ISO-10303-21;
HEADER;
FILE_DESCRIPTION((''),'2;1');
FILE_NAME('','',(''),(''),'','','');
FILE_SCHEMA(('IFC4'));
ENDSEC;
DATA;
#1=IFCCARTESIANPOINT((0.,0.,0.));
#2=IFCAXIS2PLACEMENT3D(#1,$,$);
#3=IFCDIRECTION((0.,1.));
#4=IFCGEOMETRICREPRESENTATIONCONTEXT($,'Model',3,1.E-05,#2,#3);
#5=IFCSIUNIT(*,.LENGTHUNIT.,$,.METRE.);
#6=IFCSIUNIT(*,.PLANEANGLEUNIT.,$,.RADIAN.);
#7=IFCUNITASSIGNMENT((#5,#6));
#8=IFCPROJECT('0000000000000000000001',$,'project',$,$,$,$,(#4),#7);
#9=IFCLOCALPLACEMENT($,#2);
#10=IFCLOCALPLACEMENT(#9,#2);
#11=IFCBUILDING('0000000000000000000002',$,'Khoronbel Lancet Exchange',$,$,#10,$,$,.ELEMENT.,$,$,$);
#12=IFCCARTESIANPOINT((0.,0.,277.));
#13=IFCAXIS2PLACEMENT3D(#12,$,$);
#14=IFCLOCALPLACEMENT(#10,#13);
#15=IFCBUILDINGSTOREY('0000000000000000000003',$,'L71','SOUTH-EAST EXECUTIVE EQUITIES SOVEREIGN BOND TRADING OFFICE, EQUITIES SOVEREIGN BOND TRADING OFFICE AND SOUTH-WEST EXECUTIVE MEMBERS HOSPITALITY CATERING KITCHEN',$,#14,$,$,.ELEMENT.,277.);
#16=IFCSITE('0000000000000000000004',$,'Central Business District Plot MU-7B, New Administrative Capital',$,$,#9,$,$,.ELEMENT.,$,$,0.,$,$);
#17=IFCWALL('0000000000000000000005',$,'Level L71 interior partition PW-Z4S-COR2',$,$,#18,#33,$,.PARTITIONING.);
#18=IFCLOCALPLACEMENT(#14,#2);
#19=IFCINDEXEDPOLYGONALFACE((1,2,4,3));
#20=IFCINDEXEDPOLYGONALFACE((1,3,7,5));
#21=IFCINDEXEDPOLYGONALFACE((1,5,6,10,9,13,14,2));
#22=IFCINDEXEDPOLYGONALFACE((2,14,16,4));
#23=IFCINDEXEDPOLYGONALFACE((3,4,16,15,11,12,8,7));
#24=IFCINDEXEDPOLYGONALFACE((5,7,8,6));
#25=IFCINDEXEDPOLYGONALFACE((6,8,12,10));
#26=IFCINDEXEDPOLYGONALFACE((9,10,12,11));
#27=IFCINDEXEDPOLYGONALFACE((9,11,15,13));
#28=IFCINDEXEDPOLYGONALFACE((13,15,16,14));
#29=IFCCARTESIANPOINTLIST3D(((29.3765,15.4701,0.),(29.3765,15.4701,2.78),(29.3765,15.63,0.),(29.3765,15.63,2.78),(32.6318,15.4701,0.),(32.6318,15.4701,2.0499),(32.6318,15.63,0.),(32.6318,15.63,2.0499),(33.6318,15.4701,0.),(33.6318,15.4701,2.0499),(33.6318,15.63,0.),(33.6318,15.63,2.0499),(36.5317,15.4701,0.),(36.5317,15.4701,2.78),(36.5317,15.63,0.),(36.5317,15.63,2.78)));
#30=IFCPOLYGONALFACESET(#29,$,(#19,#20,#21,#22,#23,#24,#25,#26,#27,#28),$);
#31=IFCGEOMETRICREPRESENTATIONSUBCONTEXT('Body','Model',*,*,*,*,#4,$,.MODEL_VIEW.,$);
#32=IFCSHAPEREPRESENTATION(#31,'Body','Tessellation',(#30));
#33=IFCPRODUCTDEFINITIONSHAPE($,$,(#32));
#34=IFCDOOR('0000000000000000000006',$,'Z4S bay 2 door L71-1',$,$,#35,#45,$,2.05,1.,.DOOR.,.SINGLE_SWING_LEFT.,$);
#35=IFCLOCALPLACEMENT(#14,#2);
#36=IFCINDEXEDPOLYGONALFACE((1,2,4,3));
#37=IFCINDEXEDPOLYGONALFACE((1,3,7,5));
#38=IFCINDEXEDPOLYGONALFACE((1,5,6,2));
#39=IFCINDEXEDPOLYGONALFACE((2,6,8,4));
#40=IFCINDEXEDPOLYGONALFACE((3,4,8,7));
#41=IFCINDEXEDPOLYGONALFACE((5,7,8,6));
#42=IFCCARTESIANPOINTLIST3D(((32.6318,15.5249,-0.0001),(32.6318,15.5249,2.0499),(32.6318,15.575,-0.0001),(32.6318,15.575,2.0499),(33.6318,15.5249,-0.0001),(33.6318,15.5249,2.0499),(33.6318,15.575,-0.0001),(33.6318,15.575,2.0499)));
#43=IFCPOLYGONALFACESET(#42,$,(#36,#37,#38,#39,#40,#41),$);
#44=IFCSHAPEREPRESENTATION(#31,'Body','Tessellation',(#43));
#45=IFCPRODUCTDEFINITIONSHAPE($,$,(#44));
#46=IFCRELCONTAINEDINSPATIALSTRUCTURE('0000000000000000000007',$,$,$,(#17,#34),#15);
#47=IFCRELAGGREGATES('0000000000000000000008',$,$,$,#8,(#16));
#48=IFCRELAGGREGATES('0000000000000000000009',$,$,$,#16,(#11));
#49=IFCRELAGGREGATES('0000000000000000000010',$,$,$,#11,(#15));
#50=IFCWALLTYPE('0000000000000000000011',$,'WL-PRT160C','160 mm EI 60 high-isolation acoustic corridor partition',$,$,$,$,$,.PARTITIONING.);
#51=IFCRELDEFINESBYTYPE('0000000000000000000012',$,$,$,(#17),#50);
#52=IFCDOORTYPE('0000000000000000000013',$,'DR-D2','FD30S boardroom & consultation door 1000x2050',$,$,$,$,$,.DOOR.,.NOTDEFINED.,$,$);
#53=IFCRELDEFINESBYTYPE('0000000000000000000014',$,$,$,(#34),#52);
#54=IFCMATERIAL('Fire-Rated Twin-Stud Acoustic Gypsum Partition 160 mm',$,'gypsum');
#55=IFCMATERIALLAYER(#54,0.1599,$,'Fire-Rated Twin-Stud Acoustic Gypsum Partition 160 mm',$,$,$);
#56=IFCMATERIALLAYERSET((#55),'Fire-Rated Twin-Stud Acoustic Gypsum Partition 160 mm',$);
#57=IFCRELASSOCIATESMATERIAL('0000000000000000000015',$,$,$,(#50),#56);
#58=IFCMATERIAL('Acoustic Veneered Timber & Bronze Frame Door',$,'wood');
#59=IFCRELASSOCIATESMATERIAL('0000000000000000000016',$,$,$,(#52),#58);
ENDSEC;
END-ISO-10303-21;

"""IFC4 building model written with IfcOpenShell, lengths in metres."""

from ifc_helpers import new_model, si_unit, direction, frame, frame_2d, origin, place, context, subcontext, project, spatial, rectangle, extrude, material, layer, layer_set, type_object, element, fill, save


model = new_model("IFC4")

# Units and contexts
model_context = context("Model", 3, precision=1e-05, world=origin(), true_north=direction((0.0, 1.0)))
body_context = subcontext(model_context, "Body", "Model", "MODEL_VIEW")
ifc_project = project(units=[si_unit("LENGTHUNIT", "METRE"), si_unit("PLANEANGLEUNIT", "RADIAN")], contexts=[model_context])

# Site, building, storey
site_placement = place(None, origin())
site = spatial("IfcSite", under=ifc_project, at=site_placement, Name="Central Business District Plot MU-7B, New Administrative Capital", CompositionType="ELEMENT", RefElevation=0.0)
building_placement = place(site_placement, origin())
building = spatial("IfcBuilding", under=site, at=building_placement, Name="Khoronbel Lancet Exchange", CompositionType="ELEMENT")
storey_placement = place(building_placement, frame((0.0, 0.0, 277.0)))
storey = spatial("IfcBuildingStorey", under=building, at=storey_placement, Name="L71", Description="SOUTH-EAST EXECUTIVE EQUITIES SOVEREIGN BOND TRADING OFFICE, EQUITIES SOVEREIGN BOND TRADING OFFICE AND SOUTH-WEST EXECUTIVE MEMBERS HOSPITALITY CATERING KITCHEN", CompositionType="ELEMENT", Elevation=277.0)

# Wall, opening, door
ifc_material_1 = material(Name="Fire-Rated Twin-Stud Acoustic Gypsum Partition 160 mm", Category="gypsum")
ifc_layer_1 = layer(ifc_material_1, 0.1599, Name="Fire-Rated Twin-Stud Acoustic Gypsum Partition 160 mm")
ifc_layer_set_1 = layer_set([ifc_layer_1], Name="Fire-Rated Twin-Stud Acoustic Gypsum Partition 160 mm")
wall_type_1 = type_object("IfcWallType", Name="WL-PRT160C", Description="160 mm EI 60 high-isolation acoustic corridor partition", PredefinedType="PARTITIONING", material=ifc_layer_set_1)
ifc_material_2 = material(Name="Acoustic Veneered Timber & Bronze Frame Door", Category="wood")
door_type_1 = type_object("IfcDoorType", Name="DR-D2", Description="FD30S boardroom & consultation door 1000x2050", OperationType="NOTDEFINED", PredefinedType="DOOR", material=ifc_material_2)
wall_1_placement = place(storey_placement, frame((29.3765, 15.55, 0.0), z_axis=(0.0, 0.0, 1.0), x_axis=(1.0, 0.0, 0.0)))
wall_1 = element("IfcWall", 1, at=wall_1_placement, inside=storey, type_object=wall_type_1, Name="Level L71 interior partition PW-Z4S-COR2", PredefinedType="PARTITIONING", context=body_context, shape_type="SweptSolid", body=[
    extrude(rectangle(XDim=7.1553, YDim=0.1599, at=frame_2d((3.5776, 0.0))), origin(), (0.0, 0.0, 1.0), 2.78),
])
opening_1_placement = place(wall_1_placement, frame((3.2554, 0.0, 0.0)))
opening_1 = element("IfcOpeningElement", 2, at=opening_1_placement, cuts=wall_1, PredefinedType="OPENING", context=body_context, shape_type="SweptSolid", body=[
    extrude(rectangle(XDim=1.0, YDim=2.05, at=frame_2d((0.5, 1.0249))), frame((0.0, 0.0898, 0.0), z_axis=(0.0, -1.0, 0.0), x_axis=(1.0, 0.0, 0.0)), (0.0, 0.0, 1.0), 0.1799),
])
door_1_placement = place(opening_1_placement, origin())
door_1 = element("IfcDoor", 3, at=door_1_placement, inside=storey, type_object=door_type_1, Name="Z4S bay 2 door L71-1", OperationType="SINGLE_SWING_LEFT", OverallHeight=2.05, OverallWidth=1.0, PredefinedType="DOOR", context=body_context, shape_type="SweptSolid", body=[
    extrude(rectangle(XDim=1.0, YDim=2.05, at=frame_2d((0.5, 1.0249))), frame((0.0, 0.0249, 0.0), z_axis=(0.0, -1.0, 0.0), x_axis=(1.0, 0.0, 0.0)), (0.0, 0.0, 1.0), 0.05),
])
fill(opening_1, door_1)

save(model, "model.ifc")
